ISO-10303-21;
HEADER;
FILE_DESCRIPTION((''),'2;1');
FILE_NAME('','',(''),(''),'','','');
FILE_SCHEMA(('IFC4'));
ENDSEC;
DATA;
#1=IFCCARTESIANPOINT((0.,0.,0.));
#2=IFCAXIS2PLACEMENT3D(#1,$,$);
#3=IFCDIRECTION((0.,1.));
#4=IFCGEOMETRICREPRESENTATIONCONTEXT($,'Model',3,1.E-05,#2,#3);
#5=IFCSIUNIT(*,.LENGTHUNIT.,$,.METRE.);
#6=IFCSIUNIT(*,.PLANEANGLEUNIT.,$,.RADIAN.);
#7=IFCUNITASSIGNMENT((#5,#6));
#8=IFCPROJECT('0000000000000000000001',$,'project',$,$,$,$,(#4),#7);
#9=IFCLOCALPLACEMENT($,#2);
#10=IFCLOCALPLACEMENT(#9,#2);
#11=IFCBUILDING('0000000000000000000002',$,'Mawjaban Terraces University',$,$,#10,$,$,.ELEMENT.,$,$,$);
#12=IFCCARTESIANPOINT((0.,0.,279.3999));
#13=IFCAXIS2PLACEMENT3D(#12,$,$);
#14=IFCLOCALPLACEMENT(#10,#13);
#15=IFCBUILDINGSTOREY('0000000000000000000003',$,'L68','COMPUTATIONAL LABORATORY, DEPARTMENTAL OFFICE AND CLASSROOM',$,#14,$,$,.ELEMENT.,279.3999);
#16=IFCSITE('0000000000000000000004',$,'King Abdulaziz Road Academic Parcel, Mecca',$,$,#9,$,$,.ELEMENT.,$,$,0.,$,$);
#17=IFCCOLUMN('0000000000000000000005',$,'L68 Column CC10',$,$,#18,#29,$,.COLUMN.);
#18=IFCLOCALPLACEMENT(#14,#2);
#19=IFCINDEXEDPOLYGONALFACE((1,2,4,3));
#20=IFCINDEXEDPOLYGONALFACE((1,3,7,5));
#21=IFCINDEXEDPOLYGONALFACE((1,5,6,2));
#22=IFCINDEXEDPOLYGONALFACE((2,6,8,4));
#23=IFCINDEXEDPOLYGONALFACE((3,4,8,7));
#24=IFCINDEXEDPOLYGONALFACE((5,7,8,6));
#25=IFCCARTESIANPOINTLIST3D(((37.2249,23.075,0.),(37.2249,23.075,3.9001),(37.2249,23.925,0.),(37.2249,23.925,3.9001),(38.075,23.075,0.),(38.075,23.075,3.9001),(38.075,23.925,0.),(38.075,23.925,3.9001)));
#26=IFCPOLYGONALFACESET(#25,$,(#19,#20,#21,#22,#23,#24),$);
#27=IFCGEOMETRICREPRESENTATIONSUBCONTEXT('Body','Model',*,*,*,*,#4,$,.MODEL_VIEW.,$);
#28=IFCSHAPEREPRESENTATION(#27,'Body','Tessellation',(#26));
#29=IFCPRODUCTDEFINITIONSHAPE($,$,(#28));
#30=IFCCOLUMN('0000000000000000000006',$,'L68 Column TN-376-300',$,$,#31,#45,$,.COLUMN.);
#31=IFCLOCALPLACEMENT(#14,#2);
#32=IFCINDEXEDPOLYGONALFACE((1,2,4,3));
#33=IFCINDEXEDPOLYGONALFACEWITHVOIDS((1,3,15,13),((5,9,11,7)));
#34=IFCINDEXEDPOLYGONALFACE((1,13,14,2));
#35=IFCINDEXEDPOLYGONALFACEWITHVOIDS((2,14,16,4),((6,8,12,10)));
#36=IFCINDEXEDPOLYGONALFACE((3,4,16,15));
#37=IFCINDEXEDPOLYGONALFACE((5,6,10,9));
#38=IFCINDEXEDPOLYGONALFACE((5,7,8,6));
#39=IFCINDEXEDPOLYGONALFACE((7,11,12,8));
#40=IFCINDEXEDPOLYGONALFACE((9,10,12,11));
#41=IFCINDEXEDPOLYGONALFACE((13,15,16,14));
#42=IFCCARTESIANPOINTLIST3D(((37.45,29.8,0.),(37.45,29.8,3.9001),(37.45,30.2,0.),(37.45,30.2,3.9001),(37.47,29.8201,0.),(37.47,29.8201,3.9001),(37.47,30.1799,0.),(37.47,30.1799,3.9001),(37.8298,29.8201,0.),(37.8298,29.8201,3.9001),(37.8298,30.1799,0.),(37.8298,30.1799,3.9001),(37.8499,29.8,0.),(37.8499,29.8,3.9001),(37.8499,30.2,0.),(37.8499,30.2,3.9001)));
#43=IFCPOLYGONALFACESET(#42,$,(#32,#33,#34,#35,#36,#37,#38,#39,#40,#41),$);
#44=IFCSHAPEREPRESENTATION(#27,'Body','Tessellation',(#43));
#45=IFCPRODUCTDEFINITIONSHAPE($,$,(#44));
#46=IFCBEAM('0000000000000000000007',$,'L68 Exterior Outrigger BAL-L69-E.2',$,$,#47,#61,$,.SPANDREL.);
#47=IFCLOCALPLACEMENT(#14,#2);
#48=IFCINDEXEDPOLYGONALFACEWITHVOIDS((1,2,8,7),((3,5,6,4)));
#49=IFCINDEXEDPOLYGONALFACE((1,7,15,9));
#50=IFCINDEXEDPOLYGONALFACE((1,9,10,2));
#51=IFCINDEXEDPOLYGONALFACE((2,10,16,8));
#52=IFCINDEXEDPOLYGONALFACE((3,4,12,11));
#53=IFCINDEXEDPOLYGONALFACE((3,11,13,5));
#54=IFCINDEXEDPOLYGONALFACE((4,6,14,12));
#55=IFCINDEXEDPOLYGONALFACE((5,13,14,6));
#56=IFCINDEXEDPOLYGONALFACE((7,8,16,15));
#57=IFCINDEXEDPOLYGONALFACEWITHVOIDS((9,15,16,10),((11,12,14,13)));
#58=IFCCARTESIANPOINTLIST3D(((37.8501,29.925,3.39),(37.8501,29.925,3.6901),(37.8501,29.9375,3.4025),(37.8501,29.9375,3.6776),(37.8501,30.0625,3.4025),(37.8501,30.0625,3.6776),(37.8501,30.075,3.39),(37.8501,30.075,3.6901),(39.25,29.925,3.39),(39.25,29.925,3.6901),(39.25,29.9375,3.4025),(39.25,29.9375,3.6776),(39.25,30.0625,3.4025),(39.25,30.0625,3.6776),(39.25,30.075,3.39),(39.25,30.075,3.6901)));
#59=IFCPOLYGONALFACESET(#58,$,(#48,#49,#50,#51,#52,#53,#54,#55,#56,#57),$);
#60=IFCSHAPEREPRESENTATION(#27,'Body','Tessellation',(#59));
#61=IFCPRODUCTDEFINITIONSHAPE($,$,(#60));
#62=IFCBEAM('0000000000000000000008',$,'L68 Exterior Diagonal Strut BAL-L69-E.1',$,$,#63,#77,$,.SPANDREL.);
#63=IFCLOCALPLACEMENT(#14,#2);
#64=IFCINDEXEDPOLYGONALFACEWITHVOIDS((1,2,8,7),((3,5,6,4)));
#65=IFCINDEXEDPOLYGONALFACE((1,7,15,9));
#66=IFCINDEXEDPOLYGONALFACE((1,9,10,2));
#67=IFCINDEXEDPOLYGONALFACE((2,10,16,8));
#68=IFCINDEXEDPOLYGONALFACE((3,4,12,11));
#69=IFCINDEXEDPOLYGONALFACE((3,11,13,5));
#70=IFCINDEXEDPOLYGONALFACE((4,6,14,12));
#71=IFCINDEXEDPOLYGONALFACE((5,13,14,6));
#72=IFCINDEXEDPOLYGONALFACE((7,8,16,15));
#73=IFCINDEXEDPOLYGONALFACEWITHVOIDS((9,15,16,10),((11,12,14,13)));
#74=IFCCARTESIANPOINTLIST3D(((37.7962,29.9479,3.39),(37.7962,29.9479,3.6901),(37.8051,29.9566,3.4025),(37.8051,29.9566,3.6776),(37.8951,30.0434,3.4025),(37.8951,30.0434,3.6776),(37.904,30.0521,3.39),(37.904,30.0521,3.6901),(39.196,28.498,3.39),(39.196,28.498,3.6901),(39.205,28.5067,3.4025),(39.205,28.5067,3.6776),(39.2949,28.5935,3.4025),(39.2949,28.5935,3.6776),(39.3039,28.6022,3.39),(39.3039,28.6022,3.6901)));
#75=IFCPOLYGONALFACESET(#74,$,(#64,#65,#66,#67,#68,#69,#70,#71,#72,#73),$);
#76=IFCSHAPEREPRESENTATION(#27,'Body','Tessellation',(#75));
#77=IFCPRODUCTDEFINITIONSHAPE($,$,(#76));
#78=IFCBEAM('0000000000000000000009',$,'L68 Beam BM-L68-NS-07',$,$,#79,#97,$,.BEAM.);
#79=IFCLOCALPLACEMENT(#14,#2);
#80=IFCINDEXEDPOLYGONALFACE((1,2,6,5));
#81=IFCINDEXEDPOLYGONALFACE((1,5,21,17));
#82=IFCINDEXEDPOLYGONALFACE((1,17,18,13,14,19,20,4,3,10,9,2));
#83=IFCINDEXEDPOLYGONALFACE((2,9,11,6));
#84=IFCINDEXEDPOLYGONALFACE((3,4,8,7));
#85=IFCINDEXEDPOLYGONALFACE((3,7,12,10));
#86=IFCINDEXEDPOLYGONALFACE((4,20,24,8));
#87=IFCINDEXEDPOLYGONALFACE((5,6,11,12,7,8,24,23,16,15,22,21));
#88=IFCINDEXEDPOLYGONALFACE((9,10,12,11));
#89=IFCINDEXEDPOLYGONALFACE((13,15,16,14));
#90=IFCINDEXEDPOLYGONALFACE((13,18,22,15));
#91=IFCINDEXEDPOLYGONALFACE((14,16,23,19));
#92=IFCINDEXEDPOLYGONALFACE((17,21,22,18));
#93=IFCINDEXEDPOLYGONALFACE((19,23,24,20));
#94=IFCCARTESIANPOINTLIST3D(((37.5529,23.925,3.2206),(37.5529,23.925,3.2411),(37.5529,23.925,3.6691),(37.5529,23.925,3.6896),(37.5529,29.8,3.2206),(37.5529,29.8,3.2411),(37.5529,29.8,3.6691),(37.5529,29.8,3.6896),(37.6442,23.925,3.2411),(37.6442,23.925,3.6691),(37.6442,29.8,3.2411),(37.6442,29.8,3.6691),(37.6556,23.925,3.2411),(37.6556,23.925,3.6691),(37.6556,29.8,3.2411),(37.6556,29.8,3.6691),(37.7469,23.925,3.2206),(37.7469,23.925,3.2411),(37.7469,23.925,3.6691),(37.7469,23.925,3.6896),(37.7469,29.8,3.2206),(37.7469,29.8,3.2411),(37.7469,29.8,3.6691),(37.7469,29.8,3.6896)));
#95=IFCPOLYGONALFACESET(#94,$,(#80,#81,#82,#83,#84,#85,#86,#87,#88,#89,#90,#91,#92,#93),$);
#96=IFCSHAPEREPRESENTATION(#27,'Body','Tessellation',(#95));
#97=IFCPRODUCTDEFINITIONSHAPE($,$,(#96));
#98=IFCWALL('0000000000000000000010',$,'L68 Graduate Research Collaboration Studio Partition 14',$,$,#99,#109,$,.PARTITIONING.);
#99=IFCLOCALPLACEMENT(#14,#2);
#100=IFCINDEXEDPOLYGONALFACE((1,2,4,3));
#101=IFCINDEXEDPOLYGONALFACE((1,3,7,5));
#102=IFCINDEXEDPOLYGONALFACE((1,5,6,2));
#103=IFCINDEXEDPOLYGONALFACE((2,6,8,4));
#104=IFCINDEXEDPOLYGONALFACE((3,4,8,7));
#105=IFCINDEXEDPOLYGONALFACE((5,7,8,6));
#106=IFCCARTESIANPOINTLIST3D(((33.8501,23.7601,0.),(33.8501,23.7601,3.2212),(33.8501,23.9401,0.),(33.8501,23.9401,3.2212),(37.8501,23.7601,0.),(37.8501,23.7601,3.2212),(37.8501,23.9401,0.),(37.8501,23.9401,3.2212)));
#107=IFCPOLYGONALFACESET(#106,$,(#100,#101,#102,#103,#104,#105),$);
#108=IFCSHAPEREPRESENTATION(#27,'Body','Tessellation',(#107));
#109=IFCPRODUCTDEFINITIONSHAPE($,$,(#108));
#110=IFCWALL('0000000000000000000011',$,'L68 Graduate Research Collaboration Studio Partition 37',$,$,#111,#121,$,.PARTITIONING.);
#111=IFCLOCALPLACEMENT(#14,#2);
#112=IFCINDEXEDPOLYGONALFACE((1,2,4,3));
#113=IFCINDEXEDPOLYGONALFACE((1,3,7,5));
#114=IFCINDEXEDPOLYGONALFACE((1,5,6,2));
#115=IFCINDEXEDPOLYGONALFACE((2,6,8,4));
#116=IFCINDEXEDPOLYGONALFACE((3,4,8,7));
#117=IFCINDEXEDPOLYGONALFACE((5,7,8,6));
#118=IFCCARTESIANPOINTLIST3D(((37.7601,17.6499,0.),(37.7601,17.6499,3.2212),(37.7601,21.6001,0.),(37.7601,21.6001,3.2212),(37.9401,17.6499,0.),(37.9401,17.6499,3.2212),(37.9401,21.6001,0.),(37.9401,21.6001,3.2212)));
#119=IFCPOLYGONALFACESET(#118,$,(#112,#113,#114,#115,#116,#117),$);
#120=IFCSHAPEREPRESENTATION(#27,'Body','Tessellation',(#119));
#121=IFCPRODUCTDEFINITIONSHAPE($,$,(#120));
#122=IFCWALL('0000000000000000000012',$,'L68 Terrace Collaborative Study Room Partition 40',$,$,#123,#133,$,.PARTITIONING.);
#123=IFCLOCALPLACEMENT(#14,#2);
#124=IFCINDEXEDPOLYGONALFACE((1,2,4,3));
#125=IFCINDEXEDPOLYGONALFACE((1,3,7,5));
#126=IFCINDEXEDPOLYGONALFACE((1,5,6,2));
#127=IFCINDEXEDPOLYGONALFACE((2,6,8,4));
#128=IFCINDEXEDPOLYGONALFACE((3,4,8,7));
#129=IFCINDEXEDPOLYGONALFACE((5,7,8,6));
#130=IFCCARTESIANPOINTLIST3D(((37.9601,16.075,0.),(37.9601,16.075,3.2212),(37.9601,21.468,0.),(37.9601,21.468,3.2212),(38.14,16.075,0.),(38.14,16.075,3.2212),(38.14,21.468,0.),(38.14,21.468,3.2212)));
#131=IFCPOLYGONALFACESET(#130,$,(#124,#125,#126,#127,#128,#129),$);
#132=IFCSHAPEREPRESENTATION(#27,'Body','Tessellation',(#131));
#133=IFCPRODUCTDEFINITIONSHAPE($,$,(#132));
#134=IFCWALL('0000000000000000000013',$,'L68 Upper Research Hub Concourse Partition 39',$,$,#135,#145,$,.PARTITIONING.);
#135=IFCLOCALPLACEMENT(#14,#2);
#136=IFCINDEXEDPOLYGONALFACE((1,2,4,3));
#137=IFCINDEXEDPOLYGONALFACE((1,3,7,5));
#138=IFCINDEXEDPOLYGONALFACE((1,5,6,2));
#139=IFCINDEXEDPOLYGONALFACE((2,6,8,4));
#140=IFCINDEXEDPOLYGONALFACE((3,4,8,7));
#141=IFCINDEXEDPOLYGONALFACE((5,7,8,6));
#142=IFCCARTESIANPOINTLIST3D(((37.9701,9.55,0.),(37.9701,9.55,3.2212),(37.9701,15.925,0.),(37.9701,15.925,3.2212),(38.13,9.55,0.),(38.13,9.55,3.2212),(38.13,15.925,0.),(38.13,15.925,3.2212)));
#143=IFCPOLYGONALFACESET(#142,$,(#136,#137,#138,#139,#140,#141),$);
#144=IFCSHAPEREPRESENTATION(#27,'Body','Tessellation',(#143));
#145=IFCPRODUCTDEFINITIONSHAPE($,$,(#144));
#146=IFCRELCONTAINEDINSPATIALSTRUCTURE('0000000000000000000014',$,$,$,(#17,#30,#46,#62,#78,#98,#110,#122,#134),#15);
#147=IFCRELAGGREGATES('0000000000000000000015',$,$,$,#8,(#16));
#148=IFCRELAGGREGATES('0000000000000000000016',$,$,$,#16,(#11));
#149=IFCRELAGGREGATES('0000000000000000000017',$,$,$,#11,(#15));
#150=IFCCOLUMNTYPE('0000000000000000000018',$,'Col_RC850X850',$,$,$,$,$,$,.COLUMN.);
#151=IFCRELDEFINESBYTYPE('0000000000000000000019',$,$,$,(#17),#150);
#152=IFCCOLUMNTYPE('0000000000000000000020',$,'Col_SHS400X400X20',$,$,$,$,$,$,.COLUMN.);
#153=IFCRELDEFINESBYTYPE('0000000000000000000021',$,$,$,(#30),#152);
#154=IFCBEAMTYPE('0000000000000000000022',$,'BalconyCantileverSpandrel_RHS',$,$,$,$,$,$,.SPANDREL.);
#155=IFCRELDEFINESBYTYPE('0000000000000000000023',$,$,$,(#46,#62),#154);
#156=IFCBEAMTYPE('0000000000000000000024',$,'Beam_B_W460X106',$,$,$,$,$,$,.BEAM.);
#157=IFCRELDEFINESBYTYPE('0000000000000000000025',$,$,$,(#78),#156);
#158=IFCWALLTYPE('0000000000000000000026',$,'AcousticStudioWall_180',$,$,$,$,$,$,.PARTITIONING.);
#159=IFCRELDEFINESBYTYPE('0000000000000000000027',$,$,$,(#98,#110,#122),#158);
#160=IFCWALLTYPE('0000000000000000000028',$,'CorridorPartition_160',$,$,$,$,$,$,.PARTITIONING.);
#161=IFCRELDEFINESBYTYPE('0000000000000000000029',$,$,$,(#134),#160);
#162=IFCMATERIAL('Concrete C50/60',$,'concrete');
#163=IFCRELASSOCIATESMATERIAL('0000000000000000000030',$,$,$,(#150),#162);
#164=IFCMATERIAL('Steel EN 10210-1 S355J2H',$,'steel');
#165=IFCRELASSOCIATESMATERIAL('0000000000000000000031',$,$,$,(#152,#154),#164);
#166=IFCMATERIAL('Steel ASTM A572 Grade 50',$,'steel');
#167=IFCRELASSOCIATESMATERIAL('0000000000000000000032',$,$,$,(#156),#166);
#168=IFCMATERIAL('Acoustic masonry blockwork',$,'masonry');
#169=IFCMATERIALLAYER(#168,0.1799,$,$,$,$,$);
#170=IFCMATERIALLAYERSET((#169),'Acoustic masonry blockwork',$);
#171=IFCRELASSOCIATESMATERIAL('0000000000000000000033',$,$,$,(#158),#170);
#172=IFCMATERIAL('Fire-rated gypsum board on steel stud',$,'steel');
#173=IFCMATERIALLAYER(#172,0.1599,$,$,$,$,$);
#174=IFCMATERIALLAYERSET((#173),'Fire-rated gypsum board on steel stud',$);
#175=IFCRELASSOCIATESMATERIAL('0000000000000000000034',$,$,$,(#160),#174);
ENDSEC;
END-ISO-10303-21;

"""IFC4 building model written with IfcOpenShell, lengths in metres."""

from ifc_helpers import new_model, si_unit, direction, frame, frame_2d, origin, origin_2d, place, context, subcontext, project, spatial, rectangle, hollow_rectangle, i_section, extrude, material, layer, layer_set, material_profile, profile_set, type_object, element, save


model = new_model("IFC4")

# Units and contexts
model_context = context("Model", 3, precision=1e-05, world=origin(), true_north=direction((0.0, 1.0)))
body_context = subcontext(model_context, "Body", "Model", "MODEL_VIEW")
ifc_project = project(units=[si_unit("LENGTHUNIT", "METRE"), si_unit("PLANEANGLEUNIT", "RADIAN")], contexts=[model_context])

# Site, building, storey
site_placement = place(None, origin())
site = spatial("IfcSite", under=ifc_project, at=site_placement, Name="King Abdulaziz Road Academic Parcel, Mecca", CompositionType="ELEMENT", RefElevation=0.0)
building_placement = place(site_placement, origin())
building = spatial("IfcBuilding", under=site, at=building_placement, Name="Mawjaban Terraces University", CompositionType="ELEMENT")
storey_placement = place(building_placement, frame((0.0, 0.0, 279.3999)))
storey = spatial("IfcBuildingStorey", under=building, at=storey_placement, Name="L68", Description="COMPUTATIONAL LABORATORY, DEPARTMENTAL OFFICE AND CLASSROOM", CompositionType="ELEMENT", Elevation=279.3999)

# Columns
ifc_material_1 = material(Name="Concrete C50/60", Category="concrete")
ifc_material_profile_1 = material_profile(ifc_material_1, rectangle(XDim=0.8501, YDim=0.8501, at=origin_2d()), Name="RC850X850")
ifc_profile_set_1 = profile_set([ifc_material_profile_1], Name="Concrete C50/60")
column_type_1 = type_object("IfcColumnType", Name="Col_RC850X850", PredefinedType="COLUMN", material=ifc_profile_set_1)
column_1_placement = place(storey_placement, frame((37.6499, 23.5, 0.0), z_axis=(0.0, 0.0, 1.0), x_axis=(1.0, 0.0, 0.0)))
element("IfcColumn", 1, at=column_1_placement, inside=storey, type_object=column_type_1, Name="L68 Column CC10", PredefinedType="COLUMN", context=body_context, shape_type="SweptSolid", body=[
    extrude(rectangle(XDim=0.8501, YDim=0.8501, at=origin_2d()), origin(), (0.0, 0.0, 1.0), 3.9001),
])
ifc_material_2 = material(Name="Steel EN 10210-1 S355J2H", Category="steel")
ifc_material_profile_2 = material_profile(ifc_material_2, hollow_rectangle(XDim=0.3999, YDim=0.3999, WallThickness=0.02, at=origin_2d()), Name="SHS400X400X20")
ifc_profile_set_2 = profile_set([ifc_material_profile_2], Name="Steel EN 10210-1 S355J2H")
column_type_2 = type_object("IfcColumnType", Name="Col_SHS400X400X20", PredefinedType="COLUMN", material=ifc_profile_set_2)
column_2_placement = place(storey_placement, frame((37.6499, 30.0, 0.0), z_axis=(0.0, 0.0, 1.0), x_axis=(1.0, 0.0, 0.0)))
element("IfcColumn", 2, at=column_2_placement, inside=storey, type_object=column_type_2, Name="L68 Column TN-376-300", PredefinedType="COLUMN", context=body_context, shape_type="SweptSolid", body=[
    extrude(hollow_rectangle(XDim=0.3999, YDim=0.3999, WallThickness=0.02, at=origin_2d()), origin(), (0.0, 0.0, 1.0), 3.9001),
])

# Beams
ifc_material_profile_3 = material_profile(ifc_material_2, hollow_rectangle(XDim=0.1499, YDim=0.3, WallThickness=0.0125, at=origin_2d()), Name="RHS300X150X12.5")
ifc_profile_set_3 = profile_set([ifc_material_profile_3], Name="Steel EN 10210-1 S355J2H")
beam_type_1 = type_object("IfcBeamType", Name="BalconyCantileverSpandrel_RHS", PredefinedType="SPANDREL", material=ifc_profile_set_3)
beam_1_placement = place(storey_placement, frame((37.8501, 30.0, 3.54), z_axis=(1.0, 0.0, 0.0), x_axis=(0.0, 1.0, 0.0)))
element("IfcBeam", 3, at=beam_1_placement, inside=storey, type_object=beam_type_1, Name="L68 Exterior Outrigger BAL-L69-E.2", PredefinedType="SPANDREL", context=body_context, shape_type="SweptSolid", body=[
    extrude(hollow_rectangle(XDim=0.1499, YDim=0.3, WallThickness=0.0125, at=origin_2d()), origin(), (0.0, 0.0, 1.0), 1.3999),
])
beam_2_placement = place(storey_placement, frame((37.8501, 30.0, 3.54), z_axis=(0.694582, -0.719414, 0.0), x_axis=(0.719414, 0.694582, 0.0)))
element("IfcBeam", 4, at=beam_2_placement, inside=storey, type_object=beam_type_1, Name="L68 Exterior Diagonal Strut BAL-L69-E.1", PredefinedType="SPANDREL", context=body_context, shape_type="SweptSolid", body=[
    extrude(hollow_rectangle(XDim=0.1499, YDim=0.3, WallThickness=0.0125, at=origin_2d()), origin(), (0.0, 0.0, 1.0), 2.0154),
])
ifc_material_3 = material(Name="Steel ASTM A572 Grade 50", Category="steel")
ifc_material_profile_4 = material_profile(ifc_material_3, i_section(OverallWidth=0.1941, OverallDepth=0.469, WebThickness=0.0115, FlangeThickness=0.0205, at=origin_2d()), Name="W460X106")
ifc_profile_set_4 = profile_set([ifc_material_profile_4], Name="Steel ASTM A572 Grade 50")
beam_type_2 = type_object("IfcBeamType", Name="Beam_B_W460X106", PredefinedType="BEAM", material=ifc_profile_set_4)
beam_3_placement = place(storey_placement, frame((37.6499, 23.925, 3.4551), z_axis=(0.0, 1.0, 0.0), x_axis=(-1.0, 0.0, 0.0)))
element("IfcBeam", 5, at=beam_3_placement, inside=storey, type_object=beam_type_2, Name="L68 Beam BM-L68-NS-07", PredefinedType="BEAM", context=body_context, shape_type="SweptSolid", body=[
    extrude(i_section(OverallWidth=0.1941, OverallDepth=0.469, WebThickness=0.0115, FlangeThickness=0.0205, at=origin_2d()), origin(), (0.0, 0.0, 1.0), 5.875),
])

# Walls
ifc_material_4 = material(Name="Acoustic masonry blockwork", Category="masonry")
ifc_layer_1 = layer(ifc_material_4, 0.1799)
ifc_layer_set_1 = layer_set([ifc_layer_1], Name="Acoustic masonry blockwork")
wall_type_1 = type_object("IfcWallType", Name="AcousticStudioWall_180", PredefinedType="PARTITIONING", material=ifc_layer_set_1)
wall_1_placement = place(storey_placement, frame((37.8501, 23.8501, 0.0), z_axis=(0.0, 0.0, 1.0), x_axis=(-1.0, 0.0, 0.0)))
element("IfcWall", 6, at=wall_1_placement, inside=storey, type_object=wall_type_1, Name="L68 Graduate Research Collaboration Studio Partition 14", PredefinedType="PARTITIONING", context=body_context, shape_type="SweptSolid", body=[
    extrude(rectangle(XDim=4.0, YDim=0.1799, at=frame_2d((2.0, 0.0))), origin(), (0.0, 0.0, 1.0), 3.2212),
])
wall_2_placement = place(storey_placement, frame((37.8501, 17.6499, 0.0), z_axis=(0.0, 0.0, 1.0), x_axis=(0.0, 1.0, 0.0)))
element("IfcWall", 7, at=wall_2_placement, inside=storey, type_object=wall_type_1, Name="L68 Graduate Research Collaboration Studio Partition 37", PredefinedType="PARTITIONING", context=body_context, shape_type="SweptSolid", body=[
    extrude(rectangle(XDim=3.9502, YDim=0.1799, at=frame_2d((1.9751, 0.0))), origin(), (0.0, 0.0, 1.0), 3.2212),
])
wall_3_placement = place(storey_placement, frame((38.05, 21.468, 0.0), z_axis=(0.0, 0.0, 1.0), x_axis=(0.0, -1.0, 0.0)))
element("IfcWall", 8, at=wall_3_placement, inside=storey, type_object=wall_type_1, Name="L68 Terrace Collaborative Study Room Partition 40", PredefinedType="PARTITIONING", context=body_context, shape_type="SweptSolid", body=[
    extrude(rectangle(XDim=5.3931, YDim=0.1799, at=frame_2d((2.6965, 0.0))), origin(), (0.0, 0.0, 1.0), 3.2212),
])
ifc_material_5 = material(Name="Fire-rated gypsum board on steel stud", Category="steel")
ifc_layer_2 = layer(ifc_material_5, 0.1599)
ifc_layer_set_2 = layer_set([ifc_layer_2], Name="Fire-rated gypsum board on steel stud")
wall_type_2 = type_object("IfcWallType", Name="CorridorPartition_160", PredefinedType="PARTITIONING", material=ifc_layer_set_2)
wall_4_placement = place(storey_placement, frame((38.05, 15.925, 0.0), z_axis=(0.0, 0.0, 1.0), x_axis=(0.0, -1.0, 0.0)))
element("IfcWall", 9, at=wall_4_placement, inside=storey, type_object=wall_type_2, Name="L68 Upper Research Hub Concourse Partition 39", PredefinedType="PARTITIONING", context=body_context, shape_type="SweptSolid", body=[
    extrude(rectangle(XDim=6.375, YDim=0.1599, at=frame_2d((3.1875, 0.0))), origin(), (0.0, 0.0, 1.0), 3.2212),
])

save(model, "model.ifc")
